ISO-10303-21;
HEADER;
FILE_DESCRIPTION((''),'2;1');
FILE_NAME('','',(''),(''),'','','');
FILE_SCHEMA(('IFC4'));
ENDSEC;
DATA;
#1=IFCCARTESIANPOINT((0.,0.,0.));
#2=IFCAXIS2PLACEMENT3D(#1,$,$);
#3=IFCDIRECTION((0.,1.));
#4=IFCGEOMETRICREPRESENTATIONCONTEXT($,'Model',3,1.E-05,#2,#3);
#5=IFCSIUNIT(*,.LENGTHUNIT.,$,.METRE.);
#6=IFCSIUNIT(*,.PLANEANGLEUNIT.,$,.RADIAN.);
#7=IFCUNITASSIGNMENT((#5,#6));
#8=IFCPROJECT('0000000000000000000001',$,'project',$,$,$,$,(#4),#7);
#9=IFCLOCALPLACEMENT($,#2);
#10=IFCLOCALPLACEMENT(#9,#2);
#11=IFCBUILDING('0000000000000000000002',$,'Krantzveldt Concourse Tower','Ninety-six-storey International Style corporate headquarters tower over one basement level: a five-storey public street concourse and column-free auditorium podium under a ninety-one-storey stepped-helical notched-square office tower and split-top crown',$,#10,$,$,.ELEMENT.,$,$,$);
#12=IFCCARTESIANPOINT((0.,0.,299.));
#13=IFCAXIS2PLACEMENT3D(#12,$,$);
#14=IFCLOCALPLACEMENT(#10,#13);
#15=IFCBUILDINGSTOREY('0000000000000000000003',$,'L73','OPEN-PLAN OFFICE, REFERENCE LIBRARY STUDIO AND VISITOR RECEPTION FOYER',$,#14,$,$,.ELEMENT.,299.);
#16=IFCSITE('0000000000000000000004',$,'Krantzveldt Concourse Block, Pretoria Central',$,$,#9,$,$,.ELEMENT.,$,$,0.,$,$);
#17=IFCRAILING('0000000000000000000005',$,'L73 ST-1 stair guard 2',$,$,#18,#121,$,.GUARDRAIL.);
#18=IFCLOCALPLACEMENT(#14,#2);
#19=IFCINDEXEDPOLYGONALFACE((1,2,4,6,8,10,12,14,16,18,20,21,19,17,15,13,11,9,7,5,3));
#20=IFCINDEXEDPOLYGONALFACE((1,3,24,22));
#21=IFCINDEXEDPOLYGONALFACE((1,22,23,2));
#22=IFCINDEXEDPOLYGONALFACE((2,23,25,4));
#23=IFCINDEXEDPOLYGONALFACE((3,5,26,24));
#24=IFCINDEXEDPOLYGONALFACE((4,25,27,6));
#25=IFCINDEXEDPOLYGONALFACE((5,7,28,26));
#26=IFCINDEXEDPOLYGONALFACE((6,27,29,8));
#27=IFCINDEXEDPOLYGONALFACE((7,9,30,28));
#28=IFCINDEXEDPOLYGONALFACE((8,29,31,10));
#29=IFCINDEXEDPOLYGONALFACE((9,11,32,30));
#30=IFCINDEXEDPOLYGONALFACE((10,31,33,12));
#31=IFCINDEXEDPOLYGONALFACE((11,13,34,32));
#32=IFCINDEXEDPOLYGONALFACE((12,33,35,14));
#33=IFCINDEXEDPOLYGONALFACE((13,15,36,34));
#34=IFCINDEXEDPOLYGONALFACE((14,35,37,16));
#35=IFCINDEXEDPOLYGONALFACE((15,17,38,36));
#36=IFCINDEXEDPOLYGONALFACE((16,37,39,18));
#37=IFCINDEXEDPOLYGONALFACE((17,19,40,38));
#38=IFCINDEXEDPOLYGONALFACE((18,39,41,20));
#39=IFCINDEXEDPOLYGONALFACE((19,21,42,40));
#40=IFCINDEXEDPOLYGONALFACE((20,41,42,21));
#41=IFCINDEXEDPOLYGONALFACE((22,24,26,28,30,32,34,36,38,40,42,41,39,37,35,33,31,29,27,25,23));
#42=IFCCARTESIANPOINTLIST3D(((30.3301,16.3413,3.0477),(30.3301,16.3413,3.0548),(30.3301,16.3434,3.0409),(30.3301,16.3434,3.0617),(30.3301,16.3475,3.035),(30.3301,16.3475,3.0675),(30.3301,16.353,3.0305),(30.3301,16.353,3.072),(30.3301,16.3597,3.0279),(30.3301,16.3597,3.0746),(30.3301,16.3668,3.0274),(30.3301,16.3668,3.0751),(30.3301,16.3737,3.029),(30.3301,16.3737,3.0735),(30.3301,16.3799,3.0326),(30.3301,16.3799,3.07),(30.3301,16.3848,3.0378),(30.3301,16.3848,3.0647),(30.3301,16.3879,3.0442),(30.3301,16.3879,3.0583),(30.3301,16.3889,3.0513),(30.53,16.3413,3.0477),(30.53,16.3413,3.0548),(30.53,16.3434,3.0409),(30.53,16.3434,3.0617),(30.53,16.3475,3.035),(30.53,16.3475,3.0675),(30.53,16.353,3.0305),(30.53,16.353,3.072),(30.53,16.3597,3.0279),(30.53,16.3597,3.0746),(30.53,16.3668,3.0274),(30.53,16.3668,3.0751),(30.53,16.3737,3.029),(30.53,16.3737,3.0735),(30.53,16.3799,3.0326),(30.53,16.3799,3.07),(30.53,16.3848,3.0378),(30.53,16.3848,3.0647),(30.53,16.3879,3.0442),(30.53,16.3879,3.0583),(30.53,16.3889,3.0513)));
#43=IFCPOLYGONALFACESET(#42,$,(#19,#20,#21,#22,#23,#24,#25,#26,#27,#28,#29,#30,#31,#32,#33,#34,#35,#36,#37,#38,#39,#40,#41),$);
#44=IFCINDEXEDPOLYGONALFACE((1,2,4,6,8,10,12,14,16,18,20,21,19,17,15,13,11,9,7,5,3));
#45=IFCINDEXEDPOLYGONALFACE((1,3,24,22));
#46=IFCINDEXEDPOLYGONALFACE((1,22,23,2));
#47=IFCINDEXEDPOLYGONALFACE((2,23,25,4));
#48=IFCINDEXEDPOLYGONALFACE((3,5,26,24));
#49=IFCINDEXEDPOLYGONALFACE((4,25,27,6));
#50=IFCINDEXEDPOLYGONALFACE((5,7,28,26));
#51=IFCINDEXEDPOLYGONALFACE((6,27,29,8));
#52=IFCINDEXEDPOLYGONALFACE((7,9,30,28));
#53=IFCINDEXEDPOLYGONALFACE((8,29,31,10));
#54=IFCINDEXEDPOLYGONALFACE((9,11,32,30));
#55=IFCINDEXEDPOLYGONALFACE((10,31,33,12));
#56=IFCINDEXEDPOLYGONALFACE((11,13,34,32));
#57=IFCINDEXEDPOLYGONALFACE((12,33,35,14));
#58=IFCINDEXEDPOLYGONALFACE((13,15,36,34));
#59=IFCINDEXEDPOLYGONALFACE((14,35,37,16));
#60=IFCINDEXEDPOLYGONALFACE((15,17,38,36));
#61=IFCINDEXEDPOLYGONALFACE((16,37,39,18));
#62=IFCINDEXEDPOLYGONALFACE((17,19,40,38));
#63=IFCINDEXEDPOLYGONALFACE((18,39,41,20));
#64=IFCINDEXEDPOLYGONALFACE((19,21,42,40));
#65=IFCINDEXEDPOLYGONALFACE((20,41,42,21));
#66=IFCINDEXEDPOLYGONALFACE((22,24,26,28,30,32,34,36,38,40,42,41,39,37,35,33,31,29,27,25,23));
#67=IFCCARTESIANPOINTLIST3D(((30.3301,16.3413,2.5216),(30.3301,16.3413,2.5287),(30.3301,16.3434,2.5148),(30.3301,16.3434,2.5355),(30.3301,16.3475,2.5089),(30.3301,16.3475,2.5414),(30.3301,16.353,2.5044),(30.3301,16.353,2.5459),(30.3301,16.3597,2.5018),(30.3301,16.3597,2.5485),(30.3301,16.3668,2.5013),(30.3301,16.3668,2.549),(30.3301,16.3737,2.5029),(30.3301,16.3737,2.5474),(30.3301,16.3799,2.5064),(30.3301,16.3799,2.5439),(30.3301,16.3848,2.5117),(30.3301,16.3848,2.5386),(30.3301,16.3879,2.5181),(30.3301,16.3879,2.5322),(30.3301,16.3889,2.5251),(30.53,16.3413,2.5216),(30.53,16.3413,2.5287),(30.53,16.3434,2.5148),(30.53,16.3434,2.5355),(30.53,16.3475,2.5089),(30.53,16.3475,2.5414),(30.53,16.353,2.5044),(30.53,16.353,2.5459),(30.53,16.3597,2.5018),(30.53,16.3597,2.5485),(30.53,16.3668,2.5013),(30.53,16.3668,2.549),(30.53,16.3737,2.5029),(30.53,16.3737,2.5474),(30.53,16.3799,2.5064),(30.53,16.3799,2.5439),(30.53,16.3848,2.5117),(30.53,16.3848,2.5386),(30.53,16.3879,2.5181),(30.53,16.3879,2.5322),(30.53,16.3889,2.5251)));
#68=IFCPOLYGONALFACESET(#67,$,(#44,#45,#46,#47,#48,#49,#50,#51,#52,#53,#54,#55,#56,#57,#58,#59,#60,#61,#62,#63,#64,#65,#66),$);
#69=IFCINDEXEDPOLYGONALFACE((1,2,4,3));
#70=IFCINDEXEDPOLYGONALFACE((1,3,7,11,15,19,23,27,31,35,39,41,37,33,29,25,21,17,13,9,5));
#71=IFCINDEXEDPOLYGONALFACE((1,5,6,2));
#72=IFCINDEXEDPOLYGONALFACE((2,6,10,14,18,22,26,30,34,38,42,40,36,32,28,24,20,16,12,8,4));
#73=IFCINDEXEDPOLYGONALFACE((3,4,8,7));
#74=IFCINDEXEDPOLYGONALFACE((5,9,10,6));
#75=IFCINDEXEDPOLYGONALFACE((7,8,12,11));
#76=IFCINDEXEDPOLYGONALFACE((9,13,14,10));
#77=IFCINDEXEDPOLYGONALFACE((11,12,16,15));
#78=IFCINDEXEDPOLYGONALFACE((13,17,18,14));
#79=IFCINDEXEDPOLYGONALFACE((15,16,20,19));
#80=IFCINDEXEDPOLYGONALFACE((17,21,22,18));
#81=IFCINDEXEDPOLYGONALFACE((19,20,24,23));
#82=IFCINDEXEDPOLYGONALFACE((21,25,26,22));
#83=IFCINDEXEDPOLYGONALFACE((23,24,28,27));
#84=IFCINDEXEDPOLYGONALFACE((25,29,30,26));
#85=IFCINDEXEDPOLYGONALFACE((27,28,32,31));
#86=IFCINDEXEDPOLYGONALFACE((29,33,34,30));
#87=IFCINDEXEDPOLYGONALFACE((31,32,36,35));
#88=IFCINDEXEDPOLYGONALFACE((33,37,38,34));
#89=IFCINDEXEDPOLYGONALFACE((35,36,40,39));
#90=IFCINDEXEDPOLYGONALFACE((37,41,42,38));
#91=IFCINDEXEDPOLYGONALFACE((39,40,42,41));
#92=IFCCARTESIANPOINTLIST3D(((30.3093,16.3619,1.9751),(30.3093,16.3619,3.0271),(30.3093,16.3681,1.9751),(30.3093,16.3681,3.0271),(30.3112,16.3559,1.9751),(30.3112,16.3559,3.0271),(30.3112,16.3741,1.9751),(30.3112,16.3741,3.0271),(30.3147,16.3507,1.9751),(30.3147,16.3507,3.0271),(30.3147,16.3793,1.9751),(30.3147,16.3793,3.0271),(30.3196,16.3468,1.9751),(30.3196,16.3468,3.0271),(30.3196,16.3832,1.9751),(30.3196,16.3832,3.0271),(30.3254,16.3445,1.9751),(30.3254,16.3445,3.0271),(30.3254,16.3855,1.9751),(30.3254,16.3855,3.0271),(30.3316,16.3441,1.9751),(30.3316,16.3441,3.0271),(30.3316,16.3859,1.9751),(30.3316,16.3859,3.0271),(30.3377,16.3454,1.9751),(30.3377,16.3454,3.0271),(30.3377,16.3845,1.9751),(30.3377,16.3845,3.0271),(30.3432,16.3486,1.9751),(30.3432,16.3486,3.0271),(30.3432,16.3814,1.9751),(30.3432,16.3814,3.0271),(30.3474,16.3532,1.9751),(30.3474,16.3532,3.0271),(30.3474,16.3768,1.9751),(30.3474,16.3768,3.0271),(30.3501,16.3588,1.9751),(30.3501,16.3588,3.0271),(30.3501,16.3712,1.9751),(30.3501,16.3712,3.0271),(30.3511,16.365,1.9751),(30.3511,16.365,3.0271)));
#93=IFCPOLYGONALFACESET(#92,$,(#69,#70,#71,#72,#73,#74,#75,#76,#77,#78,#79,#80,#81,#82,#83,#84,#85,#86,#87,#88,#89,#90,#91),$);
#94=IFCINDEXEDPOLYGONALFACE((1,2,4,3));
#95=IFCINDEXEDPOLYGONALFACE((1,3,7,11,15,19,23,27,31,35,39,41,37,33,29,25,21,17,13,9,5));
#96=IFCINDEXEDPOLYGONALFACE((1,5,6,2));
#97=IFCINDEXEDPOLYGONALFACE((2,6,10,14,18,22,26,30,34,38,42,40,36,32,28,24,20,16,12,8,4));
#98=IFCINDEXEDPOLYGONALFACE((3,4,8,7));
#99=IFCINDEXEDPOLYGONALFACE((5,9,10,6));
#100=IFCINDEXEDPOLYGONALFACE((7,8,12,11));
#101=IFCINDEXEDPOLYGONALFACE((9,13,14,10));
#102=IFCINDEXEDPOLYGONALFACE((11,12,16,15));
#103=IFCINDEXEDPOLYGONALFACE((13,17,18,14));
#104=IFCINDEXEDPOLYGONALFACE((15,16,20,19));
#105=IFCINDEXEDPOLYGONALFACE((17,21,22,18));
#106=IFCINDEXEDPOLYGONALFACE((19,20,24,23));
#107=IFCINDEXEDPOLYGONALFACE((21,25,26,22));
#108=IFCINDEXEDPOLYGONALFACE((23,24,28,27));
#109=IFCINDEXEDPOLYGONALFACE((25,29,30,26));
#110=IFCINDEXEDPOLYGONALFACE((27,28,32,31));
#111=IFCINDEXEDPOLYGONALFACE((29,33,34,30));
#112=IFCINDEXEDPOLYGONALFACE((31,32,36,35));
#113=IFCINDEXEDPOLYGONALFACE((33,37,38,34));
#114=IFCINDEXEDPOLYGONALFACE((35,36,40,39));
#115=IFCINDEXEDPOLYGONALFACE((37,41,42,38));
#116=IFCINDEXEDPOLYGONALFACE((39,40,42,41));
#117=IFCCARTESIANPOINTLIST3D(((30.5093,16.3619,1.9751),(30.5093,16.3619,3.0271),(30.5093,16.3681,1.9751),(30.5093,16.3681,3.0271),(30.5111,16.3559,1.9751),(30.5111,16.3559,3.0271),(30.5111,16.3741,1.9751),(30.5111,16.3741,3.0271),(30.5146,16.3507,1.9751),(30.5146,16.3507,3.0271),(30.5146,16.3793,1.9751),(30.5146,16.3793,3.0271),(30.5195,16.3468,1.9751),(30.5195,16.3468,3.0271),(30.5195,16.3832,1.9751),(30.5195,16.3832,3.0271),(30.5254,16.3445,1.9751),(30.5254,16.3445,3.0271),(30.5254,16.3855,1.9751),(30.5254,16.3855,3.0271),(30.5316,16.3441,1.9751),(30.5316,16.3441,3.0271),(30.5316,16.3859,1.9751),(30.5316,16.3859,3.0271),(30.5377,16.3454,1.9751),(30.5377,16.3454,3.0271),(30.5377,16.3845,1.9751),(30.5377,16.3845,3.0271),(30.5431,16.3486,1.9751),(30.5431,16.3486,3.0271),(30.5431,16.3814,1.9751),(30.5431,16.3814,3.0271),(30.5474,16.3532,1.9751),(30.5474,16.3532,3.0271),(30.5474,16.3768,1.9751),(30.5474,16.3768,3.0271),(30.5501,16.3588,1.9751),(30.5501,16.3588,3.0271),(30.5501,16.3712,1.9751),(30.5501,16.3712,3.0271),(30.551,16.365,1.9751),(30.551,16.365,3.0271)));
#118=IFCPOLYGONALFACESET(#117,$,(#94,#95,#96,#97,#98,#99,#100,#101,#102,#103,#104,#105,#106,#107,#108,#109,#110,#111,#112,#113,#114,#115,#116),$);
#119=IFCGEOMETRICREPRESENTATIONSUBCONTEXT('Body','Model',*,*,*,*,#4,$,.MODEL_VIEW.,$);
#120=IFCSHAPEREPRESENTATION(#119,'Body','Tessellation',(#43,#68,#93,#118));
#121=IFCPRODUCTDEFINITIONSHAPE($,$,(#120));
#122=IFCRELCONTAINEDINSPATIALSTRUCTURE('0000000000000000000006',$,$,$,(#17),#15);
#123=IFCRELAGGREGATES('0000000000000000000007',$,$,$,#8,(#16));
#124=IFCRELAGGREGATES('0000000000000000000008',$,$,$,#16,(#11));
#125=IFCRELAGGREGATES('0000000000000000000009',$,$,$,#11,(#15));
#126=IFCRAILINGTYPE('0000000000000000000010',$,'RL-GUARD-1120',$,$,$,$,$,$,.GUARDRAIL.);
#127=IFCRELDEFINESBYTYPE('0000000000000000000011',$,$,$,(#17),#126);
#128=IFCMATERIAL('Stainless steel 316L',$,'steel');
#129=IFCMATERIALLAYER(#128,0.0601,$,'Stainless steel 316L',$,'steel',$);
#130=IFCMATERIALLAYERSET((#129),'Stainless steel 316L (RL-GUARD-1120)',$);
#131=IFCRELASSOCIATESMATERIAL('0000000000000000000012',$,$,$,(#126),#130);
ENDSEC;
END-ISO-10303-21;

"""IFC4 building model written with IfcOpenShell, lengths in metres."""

from ifc_helpers import new_model, si_unit, direction, frame, origin, origin_2d, place, context, subcontext, project, spatial, circle, extrude, material, layer, layer_set, type_object, element, save


model = new_model("IFC4")

# Units and contexts
model_context = context("Model", 3, precision=1e-05, world=origin(), true_north=direction((0.0, 1.0)))
body_context = subcontext(model_context, "Body", "Model", "MODEL_VIEW")
ifc_project = project(units=[si_unit("LENGTHUNIT", "METRE"), si_unit("PLANEANGLEUNIT", "RADIAN")], contexts=[model_context])

# Site, building, storey
site_placement = place(None, origin())
site = spatial("IfcSite", under=ifc_project, at=site_placement, Name="Krantzveldt Concourse Block, Pretoria Central", CompositionType="ELEMENT", RefElevation=0.0)
building_placement = place(site_placement, origin())
building = spatial("IfcBuilding", under=site, at=building_placement, Name="Krantzveldt Concourse Tower", Description="Ninety-six-storey International Style corporate headquarters tower over one basement level: a five-storey public street concourse and column-free auditorium podium under a ninety-one-storey stepped-helical notched-square office tower and split-top crown", CompositionType="ELEMENT")
storey_placement = place(building_placement, frame((0.0, 0.0, 299.0)))
storey = spatial("IfcBuildingStorey", under=building, at=storey_placement, Name="L73", Description="OPEN-PLAN OFFICE, REFERENCE LIBRARY STUDIO AND VISITOR RECEPTION FOYER", CompositionType="ELEMENT", Elevation=299.0)

# Shared definitions
ifc_material_1 = material(Name="Stainless steel 316L", Category="steel")

# Railing
ifc_layer_1 = layer(ifc_material_1, 0.0601, Name="Stainless steel 316L", Category="steel")
ifc_layer_set_1 = layer_set([ifc_layer_1], Name="Stainless steel 316L (RL-GUARD-1120)")
railing_type_1 = type_object("IfcRailingType", Name="RL-GUARD-1120", PredefinedType="GUARDRAIL", material=ifc_layer_set_1)
railing_1_placement = place(storey_placement, frame((30.3301, 16.365, 1.9751)))
element("IfcRailing", 1, at=railing_1_placement, inside=storey, type_object=railing_type_1, Name="L73 ST-1 stair guard 2", PredefinedType="GUARDRAIL", context=body_context, shape_type="SweptSolid", body=[
    extrude(circle(Radius=0.0239, at=origin_2d()), frame((0.0, 0.0, 1.0762), z_axis=(1.0, 0.0, 0.0), x_axis=(0.0, 1.0, 0.0)), (0.0, 0.0, 1.0), 0.2),
    extrude(circle(Radius=0.0239, at=origin_2d()), frame((0.0, 0.0, 0.55), z_axis=(1.0, 0.0, 0.0), x_axis=(0.0, 1.0, 0.0)), (0.0, 0.0, 1.0), 0.2),
    extrude(circle(Radius=0.021, at=origin_2d()), origin(), (0.0, 0.0, 1.0), 1.052),
    extrude(circle(Radius=0.021, at=origin_2d()), frame((0.2, 0.0, 0.0)), (0.0, 0.0, 1.0), 1.052),
])

save(model, "model.ifc")
